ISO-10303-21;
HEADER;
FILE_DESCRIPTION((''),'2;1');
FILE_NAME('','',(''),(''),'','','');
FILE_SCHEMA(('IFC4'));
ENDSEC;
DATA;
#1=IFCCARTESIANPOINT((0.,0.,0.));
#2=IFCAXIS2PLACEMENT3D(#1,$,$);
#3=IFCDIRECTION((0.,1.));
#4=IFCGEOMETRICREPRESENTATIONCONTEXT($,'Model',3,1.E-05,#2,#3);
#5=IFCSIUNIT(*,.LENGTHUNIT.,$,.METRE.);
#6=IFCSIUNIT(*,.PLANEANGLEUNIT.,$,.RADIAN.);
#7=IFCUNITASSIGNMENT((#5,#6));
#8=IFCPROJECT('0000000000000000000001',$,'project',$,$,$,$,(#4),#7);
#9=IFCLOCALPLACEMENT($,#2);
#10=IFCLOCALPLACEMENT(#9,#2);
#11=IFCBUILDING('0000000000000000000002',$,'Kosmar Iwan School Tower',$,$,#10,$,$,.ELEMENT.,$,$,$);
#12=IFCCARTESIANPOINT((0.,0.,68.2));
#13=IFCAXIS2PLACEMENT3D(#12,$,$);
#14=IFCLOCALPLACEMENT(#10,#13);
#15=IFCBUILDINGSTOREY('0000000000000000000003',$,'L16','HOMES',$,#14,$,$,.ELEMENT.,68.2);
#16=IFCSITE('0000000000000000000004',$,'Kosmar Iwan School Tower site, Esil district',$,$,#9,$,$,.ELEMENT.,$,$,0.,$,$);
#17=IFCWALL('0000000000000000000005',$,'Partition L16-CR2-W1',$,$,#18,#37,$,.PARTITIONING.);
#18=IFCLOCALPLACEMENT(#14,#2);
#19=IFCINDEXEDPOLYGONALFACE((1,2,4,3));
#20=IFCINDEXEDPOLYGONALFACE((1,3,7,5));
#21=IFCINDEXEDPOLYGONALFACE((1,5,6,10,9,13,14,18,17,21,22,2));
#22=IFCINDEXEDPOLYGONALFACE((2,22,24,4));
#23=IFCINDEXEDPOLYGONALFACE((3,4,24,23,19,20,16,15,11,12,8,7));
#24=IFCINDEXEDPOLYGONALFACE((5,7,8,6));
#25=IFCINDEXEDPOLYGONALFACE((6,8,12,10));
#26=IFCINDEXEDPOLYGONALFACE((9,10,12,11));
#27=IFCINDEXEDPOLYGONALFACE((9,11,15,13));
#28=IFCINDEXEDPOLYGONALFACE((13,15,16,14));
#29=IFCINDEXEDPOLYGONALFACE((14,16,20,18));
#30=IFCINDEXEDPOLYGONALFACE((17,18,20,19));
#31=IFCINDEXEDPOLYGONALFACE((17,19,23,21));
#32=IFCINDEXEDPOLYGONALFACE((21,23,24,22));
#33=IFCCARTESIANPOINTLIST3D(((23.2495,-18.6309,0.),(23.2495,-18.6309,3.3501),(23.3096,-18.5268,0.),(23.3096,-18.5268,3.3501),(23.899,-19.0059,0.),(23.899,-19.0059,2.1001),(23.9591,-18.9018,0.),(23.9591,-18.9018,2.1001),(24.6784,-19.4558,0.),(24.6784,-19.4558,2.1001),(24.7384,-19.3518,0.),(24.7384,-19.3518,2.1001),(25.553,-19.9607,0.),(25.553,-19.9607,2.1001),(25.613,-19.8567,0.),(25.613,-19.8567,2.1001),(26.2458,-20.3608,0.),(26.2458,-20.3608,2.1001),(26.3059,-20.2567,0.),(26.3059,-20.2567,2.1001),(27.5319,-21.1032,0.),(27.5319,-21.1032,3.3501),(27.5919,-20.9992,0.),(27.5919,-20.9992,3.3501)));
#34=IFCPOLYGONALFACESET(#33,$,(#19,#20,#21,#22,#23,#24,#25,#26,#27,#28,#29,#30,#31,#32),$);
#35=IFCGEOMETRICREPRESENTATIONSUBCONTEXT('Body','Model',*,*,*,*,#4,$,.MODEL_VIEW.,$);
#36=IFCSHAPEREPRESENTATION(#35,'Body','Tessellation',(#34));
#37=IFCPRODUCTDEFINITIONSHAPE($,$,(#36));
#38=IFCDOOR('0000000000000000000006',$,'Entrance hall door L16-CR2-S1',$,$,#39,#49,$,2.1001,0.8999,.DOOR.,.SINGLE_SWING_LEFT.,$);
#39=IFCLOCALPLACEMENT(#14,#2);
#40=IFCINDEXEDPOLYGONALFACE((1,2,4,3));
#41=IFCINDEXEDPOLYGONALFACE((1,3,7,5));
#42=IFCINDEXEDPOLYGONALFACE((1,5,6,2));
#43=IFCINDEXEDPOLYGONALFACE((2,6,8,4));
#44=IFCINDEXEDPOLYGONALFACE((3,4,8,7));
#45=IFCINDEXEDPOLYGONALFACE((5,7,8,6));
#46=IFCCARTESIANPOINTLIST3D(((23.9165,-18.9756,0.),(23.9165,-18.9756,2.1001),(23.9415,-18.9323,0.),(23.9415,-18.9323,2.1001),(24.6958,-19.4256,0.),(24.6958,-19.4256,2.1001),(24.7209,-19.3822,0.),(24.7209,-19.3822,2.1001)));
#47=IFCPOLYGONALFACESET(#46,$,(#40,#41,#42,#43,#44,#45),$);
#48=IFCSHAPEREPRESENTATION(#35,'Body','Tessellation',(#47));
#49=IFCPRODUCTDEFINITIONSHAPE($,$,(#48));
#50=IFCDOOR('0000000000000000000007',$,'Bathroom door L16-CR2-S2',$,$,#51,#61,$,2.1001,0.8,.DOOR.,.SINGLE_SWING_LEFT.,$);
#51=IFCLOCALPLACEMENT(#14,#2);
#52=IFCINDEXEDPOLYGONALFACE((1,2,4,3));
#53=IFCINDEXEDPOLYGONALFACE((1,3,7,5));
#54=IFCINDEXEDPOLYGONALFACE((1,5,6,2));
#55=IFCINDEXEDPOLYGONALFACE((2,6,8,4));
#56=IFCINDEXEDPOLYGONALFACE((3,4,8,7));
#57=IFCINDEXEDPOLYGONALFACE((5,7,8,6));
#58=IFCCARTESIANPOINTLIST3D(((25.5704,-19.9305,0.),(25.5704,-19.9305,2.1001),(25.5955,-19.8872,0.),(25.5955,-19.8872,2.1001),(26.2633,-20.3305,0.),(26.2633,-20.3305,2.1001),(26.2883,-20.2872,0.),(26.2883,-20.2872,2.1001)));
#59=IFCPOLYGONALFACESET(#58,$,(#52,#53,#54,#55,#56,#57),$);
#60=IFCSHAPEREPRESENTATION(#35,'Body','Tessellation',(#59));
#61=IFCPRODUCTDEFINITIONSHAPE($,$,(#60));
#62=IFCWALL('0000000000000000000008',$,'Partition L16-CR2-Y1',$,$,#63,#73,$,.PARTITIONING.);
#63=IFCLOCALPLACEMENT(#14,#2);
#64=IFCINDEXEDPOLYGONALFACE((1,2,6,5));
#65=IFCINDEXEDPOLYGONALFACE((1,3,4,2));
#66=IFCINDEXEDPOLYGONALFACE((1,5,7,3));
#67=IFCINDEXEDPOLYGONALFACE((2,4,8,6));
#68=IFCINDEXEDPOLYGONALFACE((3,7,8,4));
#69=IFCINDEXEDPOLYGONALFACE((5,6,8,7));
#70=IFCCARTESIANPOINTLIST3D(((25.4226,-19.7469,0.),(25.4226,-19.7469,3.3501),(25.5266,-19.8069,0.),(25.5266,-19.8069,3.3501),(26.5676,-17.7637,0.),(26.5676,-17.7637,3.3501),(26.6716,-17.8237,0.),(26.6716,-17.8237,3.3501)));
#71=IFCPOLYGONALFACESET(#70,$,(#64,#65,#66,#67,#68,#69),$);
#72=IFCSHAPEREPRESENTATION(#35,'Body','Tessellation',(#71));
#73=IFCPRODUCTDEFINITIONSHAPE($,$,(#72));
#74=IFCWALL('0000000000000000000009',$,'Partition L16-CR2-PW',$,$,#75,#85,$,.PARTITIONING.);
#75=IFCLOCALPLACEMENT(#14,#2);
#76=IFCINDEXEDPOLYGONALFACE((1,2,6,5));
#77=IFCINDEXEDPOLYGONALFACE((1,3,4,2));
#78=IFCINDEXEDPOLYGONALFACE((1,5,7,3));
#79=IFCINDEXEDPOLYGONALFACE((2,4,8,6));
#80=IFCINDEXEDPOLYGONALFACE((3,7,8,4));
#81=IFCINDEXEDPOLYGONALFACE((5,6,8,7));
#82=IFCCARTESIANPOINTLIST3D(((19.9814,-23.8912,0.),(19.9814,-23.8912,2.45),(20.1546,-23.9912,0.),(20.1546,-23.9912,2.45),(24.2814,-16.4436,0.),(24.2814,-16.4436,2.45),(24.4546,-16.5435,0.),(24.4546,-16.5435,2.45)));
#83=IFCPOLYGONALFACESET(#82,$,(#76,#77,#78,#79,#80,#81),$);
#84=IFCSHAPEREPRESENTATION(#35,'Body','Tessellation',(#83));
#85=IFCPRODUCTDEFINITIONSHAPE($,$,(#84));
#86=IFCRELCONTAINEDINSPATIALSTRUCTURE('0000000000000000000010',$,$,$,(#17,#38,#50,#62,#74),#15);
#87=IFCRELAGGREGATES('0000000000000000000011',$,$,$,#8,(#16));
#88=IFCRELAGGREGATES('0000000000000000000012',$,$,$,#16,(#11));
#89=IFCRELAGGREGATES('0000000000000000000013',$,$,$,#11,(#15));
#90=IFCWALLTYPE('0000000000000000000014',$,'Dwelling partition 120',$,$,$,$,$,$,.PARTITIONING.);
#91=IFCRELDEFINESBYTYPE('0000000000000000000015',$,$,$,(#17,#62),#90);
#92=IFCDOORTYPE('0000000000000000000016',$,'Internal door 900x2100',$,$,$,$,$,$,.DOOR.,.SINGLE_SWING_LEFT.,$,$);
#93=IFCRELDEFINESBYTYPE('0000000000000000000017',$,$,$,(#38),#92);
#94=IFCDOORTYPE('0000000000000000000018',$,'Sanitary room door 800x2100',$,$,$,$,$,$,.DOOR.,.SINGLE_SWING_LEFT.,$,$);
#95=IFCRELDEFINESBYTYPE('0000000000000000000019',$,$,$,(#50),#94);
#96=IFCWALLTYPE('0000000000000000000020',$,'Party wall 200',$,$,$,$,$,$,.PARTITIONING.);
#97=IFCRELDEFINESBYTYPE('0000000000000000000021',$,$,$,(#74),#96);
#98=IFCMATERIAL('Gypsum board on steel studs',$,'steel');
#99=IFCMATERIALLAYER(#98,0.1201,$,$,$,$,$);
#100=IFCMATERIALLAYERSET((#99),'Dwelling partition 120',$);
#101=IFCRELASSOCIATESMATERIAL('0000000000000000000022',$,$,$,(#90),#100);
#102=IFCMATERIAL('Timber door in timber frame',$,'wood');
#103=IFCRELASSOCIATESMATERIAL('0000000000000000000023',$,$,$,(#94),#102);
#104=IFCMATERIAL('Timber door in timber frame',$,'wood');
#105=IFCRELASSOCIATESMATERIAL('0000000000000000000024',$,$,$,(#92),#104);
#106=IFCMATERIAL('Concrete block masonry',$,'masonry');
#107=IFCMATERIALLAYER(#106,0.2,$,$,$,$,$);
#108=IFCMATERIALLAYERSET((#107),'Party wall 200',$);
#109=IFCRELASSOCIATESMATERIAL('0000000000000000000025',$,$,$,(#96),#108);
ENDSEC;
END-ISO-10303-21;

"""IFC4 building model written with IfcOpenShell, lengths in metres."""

from ifc_helpers import new_model, si_unit, direction, frame, frame_2d, origin, place, context, subcontext, project, spatial, rectangle, extrude, material, layer, layer_set, type_object, element, fill, save


model = new_model("IFC4")

# Units and contexts
model_context = context("Model", 3, precision=1e-05, world=origin(), true_north=direction((0.0, 1.0)))
body_context = subcontext(model_context, "Body", "Model", "MODEL_VIEW")
ifc_project = project(units=[si_unit("LENGTHUNIT", "METRE"), si_unit("PLANEANGLEUNIT", "RADIAN")], contexts=[model_context])

# Site, building, storey
site_placement = place(None, origin())
site = spatial("IfcSite", under=ifc_project, at=site_placement, Name="Kosmar Iwan School Tower site, Esil district", CompositionType="ELEMENT", RefElevation=0.0)
building_placement = place(site_placement, origin())
building = spatial("IfcBuilding", under=site, at=building_placement, Name="Kosmar Iwan School Tower", CompositionType="ELEMENT")
storey_placement = place(building_placement, frame((0.0, 0.0, 68.2)))
storey = spatial("IfcBuildingStorey", under=building, at=storey_placement, Name="L16", Description="HOMES", CompositionType="ELEMENT", Elevation=68.2)

# Shared definitions
ifc_material_1 = material(Name="Gypsum board on steel studs", Category="steel")
ifc_layer_1 = layer(ifc_material_1, 0.1201)
ifc_layer_set_1 = layer_set([ifc_layer_1], Name="Dwelling partition 120")
wall_type_1 = type_object("IfcWallType", Name="Dwelling partition 120", PredefinedType="PARTITIONING", material=ifc_layer_set_1)
ifc_material_2 = material(Name="Timber door in timber frame", Category="wood")
door_type_1 = type_object("IfcDoorType", Name="Sanitary room door 800x2100", OperationType="SINGLE_SWING_LEFT", PredefinedType="DOOR", material=ifc_material_2)

# Wall, openings, doors
wall_1_placement = place(storey_placement, frame((23.2795, -18.5789, 0.0), z_axis=(0.0, 0.0, 1.0), x_axis=(0.866032, -0.499989, 0.0)))
wall_1 = element("IfcWall", 1, at=wall_1_placement, inside=storey, type_object=wall_type_1, Name="Partition L16-CR2-W1", PredefinedType="PARTITIONING", context=body_context, shape_type="SweptSolid", body=[
    extrude(rectangle(XDim=4.9448, YDim=0.1201, at=frame_2d((2.4724, 0.0))), origin(), (0.0, 0.0, 1.0), 3.3501),
])
opening_1_placement = place(wall_1_placement, frame((0.75, 0.0, 0.0)))
opening_1 = element("IfcOpeningElement", 2, at=opening_1_placement, cuts=wall_1, PredefinedType="OPENING", context=body_context, shape_type="SweptSolid", body=[
    extrude(rectangle(XDim=0.8999, YDim=2.1001, at=frame_2d((0.45, 1.05))), frame((0.0, 0.072, 0.0), z_axis=(0.0, -1.0, 0.0), x_axis=(1.0, 0.0, 0.0)), (0.0, 0.0, 1.0), 0.144),
])
opening_2_placement = place(wall_1_placement, frame((2.6599, 0.0, 0.0)))
opening_2 = element("IfcOpeningElement", 3, at=opening_2_placement, cuts=wall_1, PredefinedType="OPENING", context=body_context, shape_type="SweptSolid", body=[
    extrude(rectangle(XDim=0.8, YDim=2.1001, at=frame_2d((0.3999, 1.05))), frame((0.0, 0.072, 0.0), z_axis=(0.0, -1.0, 0.0), x_axis=(1.0, 0.0, 0.0)), (0.0, 0.0, 1.0), 0.144),
])
ifc_material_3 = material(Name="Timber door in timber frame", Category="wood")
door_type_2 = type_object("IfcDoorType", Name="Internal door 900x2100", OperationType="SINGLE_SWING_LEFT", PredefinedType="DOOR", material=ifc_material_3)
door_1_placement = place(opening_1_placement, origin())
door_1 = element("IfcDoor", 4, at=door_1_placement, inside=storey, type_object=door_type_2, Name="Entrance hall door L16-CR2-S1", OperationType="SINGLE_SWING_LEFT", OverallHeight=2.1001, OverallWidth=0.8999, PredefinedType="DOOR", context=body_context, shape_type="SweptSolid", body=[
    extrude(rectangle(XDim=0.8999, YDim=2.1001, at=frame_2d((0.45, 1.05))), frame((0.0, 0.0249, 0.0), z_axis=(0.0, -1.0, 0.0), x_axis=(1.0, 0.0, 0.0)), (0.0, 0.0, 1.0), 0.05),
])
fill(opening_1, door_1)
door_2_placement = place(opening_2_placement, origin())
door_2 = element("IfcDoor", 5, at=door_2_placement, inside=storey, type_object=door_type_1, Name="Bathroom door L16-CR2-S2", OperationType="SINGLE_SWING_LEFT", OverallHeight=2.1001, OverallWidth=0.8, PredefinedType="DOOR", context=body_context, shape_type="SweptSolid", body=[
    extrude(rectangle(XDim=0.8, YDim=2.1001, at=frame_2d((0.3999, 1.05))), frame((0.0, 0.0249, 0.0), z_axis=(0.0, -1.0, 0.0), x_axis=(1.0, 0.0, 0.0)), (0.0, 0.0, 1.0), 0.05),
])
fill(opening_2, door_2)

# Walls
wall_2_placement = place(storey_placement, frame((26.6196, -17.7937, 0.0), z_axis=(0.0, 0.0, 1.0), x_axis=(-0.500015, -0.866017, 0.0)))
element("IfcWall", 6, at=wall_2_placement, inside=storey, type_object=wall_type_1, Name="Partition L16-CR2-Y1", PredefinedType="PARTITIONING", context=body_context, shape_type="SweptSolid", body=[
    extrude(rectangle(XDim=2.29, YDim=0.1201, at=frame_2d((1.145, 0.0))), origin(), (0.0, 0.0, 1.0), 3.3501),
])
ifc_material_4 = material(Name="Concrete block masonry", Category="masonry")
ifc_layer_2 = layer(ifc_material_4, 0.2)
ifc_layer_set_2 = layer_set([ifc_layer_2], Name="Party wall 200")
wall_type_2 = type_object("IfcWallType", Name="Party wall 200", PredefinedType="PARTITIONING", material=ifc_layer_set_2)
wall_3_placement = place(storey_placement, frame((24.3679, -16.4937, 0.0), z_axis=(0.0, 0.0, 1.0), x_axis=(-0.500008, -0.866021, 0.0)))
element("IfcWall", 7, at=wall_3_placement, inside=storey, type_object=wall_type_2, Name="Partition L16-CR2-PW", PredefinedType="PARTITIONING", context=body_context, shape_type="SweptSolid", body=[
    extrude(rectangle(XDim=8.5999, YDim=0.2, at=frame_2d((4.2998, 0.0))), origin(), (0.0, 0.0, 1.0), 2.45),
])

save(model, "model.ifc")
